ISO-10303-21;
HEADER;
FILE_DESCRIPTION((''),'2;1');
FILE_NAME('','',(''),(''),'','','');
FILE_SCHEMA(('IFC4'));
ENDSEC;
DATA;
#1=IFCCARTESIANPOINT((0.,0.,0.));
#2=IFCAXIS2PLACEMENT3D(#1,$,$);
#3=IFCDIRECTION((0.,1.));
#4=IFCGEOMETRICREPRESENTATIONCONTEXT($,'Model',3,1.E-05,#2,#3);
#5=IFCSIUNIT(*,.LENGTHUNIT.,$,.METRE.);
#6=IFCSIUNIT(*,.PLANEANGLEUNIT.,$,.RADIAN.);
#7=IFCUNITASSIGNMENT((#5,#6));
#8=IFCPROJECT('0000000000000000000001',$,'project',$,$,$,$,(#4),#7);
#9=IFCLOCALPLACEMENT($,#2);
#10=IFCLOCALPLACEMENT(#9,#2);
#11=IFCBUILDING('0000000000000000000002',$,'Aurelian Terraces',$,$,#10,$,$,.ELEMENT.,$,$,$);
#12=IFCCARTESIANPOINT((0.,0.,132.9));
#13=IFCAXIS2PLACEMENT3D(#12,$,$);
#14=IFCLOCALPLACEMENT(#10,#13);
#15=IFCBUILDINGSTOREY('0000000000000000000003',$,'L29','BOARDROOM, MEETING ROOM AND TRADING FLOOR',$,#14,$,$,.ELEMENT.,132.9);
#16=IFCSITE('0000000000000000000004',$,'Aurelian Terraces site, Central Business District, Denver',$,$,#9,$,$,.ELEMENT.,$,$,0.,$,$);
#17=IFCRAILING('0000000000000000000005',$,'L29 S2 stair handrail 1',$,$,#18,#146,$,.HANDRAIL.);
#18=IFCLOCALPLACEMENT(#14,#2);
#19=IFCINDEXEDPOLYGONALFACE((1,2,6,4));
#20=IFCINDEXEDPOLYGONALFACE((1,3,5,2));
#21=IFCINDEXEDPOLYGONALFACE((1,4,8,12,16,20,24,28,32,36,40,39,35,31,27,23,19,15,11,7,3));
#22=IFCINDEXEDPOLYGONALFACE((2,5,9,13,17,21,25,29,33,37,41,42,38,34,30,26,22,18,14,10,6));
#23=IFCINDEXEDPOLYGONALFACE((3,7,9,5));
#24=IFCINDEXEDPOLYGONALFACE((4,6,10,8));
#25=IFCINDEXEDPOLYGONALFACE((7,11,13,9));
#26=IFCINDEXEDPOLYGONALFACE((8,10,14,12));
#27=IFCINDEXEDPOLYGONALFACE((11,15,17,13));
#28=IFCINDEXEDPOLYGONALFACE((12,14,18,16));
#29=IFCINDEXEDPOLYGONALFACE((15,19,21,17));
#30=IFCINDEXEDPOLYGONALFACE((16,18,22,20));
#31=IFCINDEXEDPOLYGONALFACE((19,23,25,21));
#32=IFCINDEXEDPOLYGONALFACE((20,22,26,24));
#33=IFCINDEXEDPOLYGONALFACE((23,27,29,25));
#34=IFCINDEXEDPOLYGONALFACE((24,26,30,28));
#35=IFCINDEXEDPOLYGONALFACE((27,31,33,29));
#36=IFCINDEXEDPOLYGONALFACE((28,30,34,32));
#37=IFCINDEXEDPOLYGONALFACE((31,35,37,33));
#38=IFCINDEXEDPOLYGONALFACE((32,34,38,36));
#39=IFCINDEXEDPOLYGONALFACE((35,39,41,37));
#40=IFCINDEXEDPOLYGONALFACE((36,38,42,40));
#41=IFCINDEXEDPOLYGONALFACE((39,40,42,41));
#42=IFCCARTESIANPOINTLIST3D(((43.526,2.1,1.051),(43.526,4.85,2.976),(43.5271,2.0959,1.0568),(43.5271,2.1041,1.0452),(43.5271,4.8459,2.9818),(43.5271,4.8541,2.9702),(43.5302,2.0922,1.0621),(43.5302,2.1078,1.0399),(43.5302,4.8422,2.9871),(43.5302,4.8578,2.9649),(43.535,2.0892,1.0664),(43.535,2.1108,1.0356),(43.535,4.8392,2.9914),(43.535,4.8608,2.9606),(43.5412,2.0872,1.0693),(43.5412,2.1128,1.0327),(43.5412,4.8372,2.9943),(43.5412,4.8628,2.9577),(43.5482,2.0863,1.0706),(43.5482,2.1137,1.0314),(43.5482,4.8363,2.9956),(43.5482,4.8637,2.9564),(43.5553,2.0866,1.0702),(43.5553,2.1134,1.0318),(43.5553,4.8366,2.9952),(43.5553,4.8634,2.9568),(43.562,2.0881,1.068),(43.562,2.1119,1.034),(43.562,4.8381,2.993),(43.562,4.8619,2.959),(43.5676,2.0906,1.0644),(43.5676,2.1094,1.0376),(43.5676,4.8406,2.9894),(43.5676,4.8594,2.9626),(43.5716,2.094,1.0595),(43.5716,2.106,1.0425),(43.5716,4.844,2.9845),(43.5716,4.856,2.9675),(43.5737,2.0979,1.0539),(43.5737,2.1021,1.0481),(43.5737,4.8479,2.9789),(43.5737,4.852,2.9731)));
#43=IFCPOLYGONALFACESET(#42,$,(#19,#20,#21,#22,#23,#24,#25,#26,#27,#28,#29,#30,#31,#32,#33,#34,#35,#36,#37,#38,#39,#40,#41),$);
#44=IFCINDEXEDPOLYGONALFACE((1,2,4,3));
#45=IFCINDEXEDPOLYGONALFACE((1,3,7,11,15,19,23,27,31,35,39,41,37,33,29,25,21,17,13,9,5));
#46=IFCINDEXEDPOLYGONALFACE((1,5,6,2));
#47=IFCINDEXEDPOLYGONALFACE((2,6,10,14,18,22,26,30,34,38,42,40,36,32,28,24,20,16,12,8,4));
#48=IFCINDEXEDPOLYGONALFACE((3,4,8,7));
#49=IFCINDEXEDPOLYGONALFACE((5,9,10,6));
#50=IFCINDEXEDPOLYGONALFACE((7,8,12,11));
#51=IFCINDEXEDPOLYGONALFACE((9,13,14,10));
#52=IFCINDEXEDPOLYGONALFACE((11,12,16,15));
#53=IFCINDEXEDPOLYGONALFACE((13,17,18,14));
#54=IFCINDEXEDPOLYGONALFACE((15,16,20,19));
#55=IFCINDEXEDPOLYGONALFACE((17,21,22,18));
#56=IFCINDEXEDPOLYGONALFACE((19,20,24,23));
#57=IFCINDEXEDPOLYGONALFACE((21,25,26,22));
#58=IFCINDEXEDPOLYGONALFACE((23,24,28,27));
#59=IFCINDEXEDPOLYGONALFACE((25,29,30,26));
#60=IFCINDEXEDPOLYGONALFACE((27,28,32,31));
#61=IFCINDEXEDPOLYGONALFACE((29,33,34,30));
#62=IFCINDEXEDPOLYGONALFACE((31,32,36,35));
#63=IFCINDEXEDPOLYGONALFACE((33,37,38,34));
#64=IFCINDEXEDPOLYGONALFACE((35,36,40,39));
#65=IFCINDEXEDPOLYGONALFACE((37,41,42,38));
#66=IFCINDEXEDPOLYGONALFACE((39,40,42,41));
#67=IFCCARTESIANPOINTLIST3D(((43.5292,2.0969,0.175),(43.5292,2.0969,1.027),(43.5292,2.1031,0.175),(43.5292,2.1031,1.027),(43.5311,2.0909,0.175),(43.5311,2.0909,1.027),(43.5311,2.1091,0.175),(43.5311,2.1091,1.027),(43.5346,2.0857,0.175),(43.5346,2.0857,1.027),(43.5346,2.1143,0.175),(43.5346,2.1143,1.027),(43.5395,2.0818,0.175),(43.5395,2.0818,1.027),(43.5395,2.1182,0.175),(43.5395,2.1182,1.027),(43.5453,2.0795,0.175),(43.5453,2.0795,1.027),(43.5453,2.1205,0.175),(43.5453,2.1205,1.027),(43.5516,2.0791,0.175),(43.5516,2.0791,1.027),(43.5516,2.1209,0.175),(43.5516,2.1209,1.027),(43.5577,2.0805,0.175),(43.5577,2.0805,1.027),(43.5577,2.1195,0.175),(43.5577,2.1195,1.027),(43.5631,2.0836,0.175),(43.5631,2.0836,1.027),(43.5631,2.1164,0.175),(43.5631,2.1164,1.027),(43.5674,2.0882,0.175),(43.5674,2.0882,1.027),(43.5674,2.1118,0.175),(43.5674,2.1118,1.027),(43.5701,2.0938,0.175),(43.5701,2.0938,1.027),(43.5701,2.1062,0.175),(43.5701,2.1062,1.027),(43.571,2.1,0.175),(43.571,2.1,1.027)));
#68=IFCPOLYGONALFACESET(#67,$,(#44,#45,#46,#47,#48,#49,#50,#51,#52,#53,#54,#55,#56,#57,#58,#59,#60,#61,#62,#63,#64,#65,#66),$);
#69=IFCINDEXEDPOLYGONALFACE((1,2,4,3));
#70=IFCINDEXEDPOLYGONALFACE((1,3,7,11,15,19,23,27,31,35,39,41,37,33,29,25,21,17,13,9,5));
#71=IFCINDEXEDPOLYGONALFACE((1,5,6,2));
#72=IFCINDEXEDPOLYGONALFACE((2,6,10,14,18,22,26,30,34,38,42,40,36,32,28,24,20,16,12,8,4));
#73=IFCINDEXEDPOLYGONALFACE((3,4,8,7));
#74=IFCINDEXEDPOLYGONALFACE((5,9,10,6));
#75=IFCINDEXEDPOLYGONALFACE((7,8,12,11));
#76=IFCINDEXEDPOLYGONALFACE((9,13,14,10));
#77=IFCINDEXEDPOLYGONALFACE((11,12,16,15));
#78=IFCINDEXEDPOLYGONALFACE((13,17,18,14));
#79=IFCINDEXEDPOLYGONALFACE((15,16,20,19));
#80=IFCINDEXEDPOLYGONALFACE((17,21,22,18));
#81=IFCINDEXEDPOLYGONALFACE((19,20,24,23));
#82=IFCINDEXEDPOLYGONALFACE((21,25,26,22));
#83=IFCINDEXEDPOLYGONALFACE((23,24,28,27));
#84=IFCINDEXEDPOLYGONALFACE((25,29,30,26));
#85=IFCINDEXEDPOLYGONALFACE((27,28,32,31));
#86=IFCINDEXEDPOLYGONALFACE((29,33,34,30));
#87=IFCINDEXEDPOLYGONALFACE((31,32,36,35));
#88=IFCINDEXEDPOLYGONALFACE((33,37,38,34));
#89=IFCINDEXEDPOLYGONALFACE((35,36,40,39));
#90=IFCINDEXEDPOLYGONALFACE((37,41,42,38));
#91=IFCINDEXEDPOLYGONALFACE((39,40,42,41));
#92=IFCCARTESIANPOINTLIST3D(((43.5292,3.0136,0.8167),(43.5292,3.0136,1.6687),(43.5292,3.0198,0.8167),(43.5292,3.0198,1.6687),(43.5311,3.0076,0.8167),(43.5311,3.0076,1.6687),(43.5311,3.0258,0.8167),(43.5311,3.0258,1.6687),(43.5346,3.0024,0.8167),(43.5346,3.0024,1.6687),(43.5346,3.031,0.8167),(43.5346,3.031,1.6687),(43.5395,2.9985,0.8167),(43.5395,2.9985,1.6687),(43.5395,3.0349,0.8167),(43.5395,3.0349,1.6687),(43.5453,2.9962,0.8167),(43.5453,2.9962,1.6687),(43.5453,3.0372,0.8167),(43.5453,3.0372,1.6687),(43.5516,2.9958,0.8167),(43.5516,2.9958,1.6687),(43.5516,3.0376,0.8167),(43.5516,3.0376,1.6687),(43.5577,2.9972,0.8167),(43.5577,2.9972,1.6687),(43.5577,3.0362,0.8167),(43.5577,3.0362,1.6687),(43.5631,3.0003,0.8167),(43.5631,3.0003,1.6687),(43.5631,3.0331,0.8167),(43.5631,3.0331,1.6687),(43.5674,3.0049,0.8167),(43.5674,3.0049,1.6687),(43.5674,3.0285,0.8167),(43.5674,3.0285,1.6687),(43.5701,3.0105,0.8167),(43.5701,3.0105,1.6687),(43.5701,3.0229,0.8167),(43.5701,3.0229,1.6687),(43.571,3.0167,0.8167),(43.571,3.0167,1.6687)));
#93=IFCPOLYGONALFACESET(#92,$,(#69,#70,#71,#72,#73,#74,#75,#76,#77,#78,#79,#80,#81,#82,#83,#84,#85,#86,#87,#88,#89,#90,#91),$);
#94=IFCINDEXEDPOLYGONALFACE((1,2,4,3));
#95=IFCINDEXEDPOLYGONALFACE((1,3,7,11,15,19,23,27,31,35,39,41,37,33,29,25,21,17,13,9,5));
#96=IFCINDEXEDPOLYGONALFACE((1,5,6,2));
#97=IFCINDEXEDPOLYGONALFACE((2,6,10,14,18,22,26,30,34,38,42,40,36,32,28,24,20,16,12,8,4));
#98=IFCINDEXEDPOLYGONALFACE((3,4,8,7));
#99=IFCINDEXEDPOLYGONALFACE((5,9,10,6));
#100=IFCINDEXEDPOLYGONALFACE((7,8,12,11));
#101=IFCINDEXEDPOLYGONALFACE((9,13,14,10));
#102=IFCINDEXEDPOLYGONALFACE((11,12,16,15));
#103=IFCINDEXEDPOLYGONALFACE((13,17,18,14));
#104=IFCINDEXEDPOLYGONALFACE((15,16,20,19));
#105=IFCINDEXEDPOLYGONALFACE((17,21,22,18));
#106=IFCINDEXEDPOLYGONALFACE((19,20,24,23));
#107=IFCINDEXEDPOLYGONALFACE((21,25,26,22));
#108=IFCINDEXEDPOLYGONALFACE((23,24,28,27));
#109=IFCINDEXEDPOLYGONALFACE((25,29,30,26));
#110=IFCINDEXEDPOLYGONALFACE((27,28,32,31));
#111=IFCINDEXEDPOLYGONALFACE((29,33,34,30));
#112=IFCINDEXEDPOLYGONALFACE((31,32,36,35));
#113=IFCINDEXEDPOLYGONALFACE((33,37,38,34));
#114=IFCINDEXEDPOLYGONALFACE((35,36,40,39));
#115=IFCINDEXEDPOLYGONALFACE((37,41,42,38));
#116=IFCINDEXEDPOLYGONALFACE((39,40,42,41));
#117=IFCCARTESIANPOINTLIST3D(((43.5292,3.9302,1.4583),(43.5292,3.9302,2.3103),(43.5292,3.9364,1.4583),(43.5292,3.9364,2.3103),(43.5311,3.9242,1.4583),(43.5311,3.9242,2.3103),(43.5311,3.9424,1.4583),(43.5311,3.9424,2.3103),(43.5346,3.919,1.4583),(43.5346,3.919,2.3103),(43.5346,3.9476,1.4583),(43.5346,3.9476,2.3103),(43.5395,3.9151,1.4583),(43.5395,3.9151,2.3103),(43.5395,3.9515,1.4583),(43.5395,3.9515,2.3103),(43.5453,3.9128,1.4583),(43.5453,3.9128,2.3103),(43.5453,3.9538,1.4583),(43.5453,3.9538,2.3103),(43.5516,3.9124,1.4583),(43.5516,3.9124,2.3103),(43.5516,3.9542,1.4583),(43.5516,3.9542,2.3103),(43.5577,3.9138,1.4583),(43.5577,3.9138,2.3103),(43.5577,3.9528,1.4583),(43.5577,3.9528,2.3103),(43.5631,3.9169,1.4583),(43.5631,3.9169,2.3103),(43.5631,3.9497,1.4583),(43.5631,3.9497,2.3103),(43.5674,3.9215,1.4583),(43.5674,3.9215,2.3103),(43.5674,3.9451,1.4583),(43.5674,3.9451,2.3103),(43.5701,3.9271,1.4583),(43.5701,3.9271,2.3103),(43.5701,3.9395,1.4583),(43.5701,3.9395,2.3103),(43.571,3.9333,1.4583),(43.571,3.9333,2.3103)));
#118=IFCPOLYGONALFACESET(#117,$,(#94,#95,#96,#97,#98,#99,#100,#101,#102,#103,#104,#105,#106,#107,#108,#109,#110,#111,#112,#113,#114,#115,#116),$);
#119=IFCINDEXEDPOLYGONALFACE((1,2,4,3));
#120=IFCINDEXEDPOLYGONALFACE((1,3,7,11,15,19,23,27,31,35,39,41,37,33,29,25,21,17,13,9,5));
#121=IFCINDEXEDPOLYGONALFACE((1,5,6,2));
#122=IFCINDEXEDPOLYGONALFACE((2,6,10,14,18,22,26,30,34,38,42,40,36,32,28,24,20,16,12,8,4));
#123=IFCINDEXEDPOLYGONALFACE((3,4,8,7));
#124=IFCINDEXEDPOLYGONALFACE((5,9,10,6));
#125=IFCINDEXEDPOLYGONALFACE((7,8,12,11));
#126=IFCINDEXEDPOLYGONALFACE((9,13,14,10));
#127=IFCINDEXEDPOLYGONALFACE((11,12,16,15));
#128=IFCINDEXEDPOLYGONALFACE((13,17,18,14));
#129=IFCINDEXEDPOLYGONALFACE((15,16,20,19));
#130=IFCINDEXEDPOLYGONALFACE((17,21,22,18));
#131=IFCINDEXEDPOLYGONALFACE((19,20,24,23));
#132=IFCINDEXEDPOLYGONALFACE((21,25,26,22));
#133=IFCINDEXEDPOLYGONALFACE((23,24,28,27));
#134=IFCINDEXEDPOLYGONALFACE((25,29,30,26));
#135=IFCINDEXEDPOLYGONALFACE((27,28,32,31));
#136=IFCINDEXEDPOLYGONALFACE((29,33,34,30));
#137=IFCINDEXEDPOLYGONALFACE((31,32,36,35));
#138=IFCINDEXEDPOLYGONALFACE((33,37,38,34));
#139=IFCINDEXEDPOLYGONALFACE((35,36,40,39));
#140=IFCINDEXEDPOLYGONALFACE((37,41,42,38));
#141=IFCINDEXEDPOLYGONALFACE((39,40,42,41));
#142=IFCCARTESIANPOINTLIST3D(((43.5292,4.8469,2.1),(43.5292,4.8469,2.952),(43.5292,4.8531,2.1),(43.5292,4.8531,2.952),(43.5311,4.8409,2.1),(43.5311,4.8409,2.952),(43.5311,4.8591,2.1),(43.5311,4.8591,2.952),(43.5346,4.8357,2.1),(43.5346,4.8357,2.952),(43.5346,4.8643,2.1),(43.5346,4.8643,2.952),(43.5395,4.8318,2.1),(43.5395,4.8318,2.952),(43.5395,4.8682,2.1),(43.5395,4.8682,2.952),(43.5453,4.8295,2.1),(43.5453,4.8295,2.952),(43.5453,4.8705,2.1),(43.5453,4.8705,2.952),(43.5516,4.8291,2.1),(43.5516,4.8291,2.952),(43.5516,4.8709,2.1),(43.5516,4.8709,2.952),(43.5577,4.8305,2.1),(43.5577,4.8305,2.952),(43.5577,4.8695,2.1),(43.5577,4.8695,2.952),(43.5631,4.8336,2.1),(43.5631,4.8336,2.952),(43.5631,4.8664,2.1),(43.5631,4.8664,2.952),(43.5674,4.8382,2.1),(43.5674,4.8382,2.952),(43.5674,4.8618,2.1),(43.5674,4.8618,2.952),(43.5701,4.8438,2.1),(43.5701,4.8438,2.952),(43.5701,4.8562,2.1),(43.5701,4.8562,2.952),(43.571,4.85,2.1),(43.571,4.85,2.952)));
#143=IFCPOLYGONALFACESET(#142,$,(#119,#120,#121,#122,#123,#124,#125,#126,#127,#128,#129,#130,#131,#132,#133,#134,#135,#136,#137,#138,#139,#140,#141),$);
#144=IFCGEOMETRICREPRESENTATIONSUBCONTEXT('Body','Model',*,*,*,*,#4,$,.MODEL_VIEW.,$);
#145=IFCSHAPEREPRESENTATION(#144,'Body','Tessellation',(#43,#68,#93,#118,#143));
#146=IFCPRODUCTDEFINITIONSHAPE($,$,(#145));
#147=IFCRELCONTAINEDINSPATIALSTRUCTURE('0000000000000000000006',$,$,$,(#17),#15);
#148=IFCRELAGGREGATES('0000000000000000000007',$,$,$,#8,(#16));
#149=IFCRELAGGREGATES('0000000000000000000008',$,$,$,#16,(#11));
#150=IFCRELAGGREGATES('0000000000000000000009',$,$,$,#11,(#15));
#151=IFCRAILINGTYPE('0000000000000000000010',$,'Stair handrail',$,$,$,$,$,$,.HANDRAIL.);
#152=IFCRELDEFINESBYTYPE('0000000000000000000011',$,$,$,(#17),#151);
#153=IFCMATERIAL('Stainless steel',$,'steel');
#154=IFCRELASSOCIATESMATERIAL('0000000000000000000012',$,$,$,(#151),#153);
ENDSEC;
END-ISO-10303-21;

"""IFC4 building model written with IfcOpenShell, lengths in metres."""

from ifc_helpers import new_model, si_unit, direction, frame, origin, origin_2d, place, context, subcontext, project, spatial, circle, extrude, source, transform, mapped, material, type_object, element, save


model = new_model("IFC4")

# Units and contexts
model_context = context("Model", 3, precision=1e-05, world=origin(), true_north=direction((0.0, 1.0)))
body_context = subcontext(model_context, "Body", "Model", "MODEL_VIEW")
ifc_project = project(units=[si_unit("LENGTHUNIT", "METRE"), si_unit("PLANEANGLEUNIT", "RADIAN")], contexts=[model_context])

# Site, building, storey
site_placement = place(None, origin())
site = spatial("IfcSite", under=ifc_project, at=site_placement, Name="Aurelian Terraces site, Central Business District, Denver", CompositionType="ELEMENT", RefElevation=0.0)
building_placement = place(site_placement, origin())
building = spatial("IfcBuilding", under=site, at=building_placement, Name="Aurelian Terraces", CompositionType="ELEMENT")
storey_placement = place(building_placement, frame((0.0, 0.0, 132.9)))
storey = spatial("IfcBuildingStorey", under=building, at=storey_placement, Name="L29", Description="BOARDROOM, MEETING ROOM AND TRADING FLOOR", CompositionType="ELEMENT", Elevation=132.9)

# Railing
ifc_material_1 = material(Name="Stainless steel", Category="steel")
railing_type_1 = type_object("IfcRailingType", Name="Stair handrail", PredefinedType="HANDRAIL", material=ifc_material_1)
shared_shape_1 = source(origin(), body_context, "Body", "SweptSolid", [
    extrude(circle(Radius=0.024, at=origin_2d()), frame((0.0, 0.0, 0.876), z_axis=(0.0, 0.819232, 0.573462), x_axis=(-1.0, 0.0, 0.0)), (0.0, 0.0, 1.0), 3.3568),
    extrude(circle(Radius=0.021, at=origin_2d()), origin(), (0.0, 0.0, 1.0), 0.852),
    extrude(circle(Radius=0.021, at=origin_2d()), frame((0.0, 0.9167, 0.6417)), (0.0, 0.0, 1.0), 0.852),
    extrude(circle(Radius=0.021, at=origin_2d()), frame((0.0, 1.8333, 1.2833)), (0.0, 0.0, 1.0), 0.852),
    extrude(circle(Radius=0.021, at=origin_2d()), frame((0.0, 2.75, 1.925)), (0.0, 0.0, 1.0), 0.852),
])
railing_1_placement = place(storey_placement, frame((43.55, 2.1, 0.175)))
element("IfcRailing", 1, at=railing_1_placement, inside=storey, type_object=railing_type_1, Name="L29 S2 stair handrail 1", PredefinedType="HANDRAIL", context=body_context, shape_type="MappedRepresentation", body=[
    mapped(shared_shape_1, transform((0.0, 0.0, 0.0), scale=1.0)),
])

save(model, "model.ifc")
